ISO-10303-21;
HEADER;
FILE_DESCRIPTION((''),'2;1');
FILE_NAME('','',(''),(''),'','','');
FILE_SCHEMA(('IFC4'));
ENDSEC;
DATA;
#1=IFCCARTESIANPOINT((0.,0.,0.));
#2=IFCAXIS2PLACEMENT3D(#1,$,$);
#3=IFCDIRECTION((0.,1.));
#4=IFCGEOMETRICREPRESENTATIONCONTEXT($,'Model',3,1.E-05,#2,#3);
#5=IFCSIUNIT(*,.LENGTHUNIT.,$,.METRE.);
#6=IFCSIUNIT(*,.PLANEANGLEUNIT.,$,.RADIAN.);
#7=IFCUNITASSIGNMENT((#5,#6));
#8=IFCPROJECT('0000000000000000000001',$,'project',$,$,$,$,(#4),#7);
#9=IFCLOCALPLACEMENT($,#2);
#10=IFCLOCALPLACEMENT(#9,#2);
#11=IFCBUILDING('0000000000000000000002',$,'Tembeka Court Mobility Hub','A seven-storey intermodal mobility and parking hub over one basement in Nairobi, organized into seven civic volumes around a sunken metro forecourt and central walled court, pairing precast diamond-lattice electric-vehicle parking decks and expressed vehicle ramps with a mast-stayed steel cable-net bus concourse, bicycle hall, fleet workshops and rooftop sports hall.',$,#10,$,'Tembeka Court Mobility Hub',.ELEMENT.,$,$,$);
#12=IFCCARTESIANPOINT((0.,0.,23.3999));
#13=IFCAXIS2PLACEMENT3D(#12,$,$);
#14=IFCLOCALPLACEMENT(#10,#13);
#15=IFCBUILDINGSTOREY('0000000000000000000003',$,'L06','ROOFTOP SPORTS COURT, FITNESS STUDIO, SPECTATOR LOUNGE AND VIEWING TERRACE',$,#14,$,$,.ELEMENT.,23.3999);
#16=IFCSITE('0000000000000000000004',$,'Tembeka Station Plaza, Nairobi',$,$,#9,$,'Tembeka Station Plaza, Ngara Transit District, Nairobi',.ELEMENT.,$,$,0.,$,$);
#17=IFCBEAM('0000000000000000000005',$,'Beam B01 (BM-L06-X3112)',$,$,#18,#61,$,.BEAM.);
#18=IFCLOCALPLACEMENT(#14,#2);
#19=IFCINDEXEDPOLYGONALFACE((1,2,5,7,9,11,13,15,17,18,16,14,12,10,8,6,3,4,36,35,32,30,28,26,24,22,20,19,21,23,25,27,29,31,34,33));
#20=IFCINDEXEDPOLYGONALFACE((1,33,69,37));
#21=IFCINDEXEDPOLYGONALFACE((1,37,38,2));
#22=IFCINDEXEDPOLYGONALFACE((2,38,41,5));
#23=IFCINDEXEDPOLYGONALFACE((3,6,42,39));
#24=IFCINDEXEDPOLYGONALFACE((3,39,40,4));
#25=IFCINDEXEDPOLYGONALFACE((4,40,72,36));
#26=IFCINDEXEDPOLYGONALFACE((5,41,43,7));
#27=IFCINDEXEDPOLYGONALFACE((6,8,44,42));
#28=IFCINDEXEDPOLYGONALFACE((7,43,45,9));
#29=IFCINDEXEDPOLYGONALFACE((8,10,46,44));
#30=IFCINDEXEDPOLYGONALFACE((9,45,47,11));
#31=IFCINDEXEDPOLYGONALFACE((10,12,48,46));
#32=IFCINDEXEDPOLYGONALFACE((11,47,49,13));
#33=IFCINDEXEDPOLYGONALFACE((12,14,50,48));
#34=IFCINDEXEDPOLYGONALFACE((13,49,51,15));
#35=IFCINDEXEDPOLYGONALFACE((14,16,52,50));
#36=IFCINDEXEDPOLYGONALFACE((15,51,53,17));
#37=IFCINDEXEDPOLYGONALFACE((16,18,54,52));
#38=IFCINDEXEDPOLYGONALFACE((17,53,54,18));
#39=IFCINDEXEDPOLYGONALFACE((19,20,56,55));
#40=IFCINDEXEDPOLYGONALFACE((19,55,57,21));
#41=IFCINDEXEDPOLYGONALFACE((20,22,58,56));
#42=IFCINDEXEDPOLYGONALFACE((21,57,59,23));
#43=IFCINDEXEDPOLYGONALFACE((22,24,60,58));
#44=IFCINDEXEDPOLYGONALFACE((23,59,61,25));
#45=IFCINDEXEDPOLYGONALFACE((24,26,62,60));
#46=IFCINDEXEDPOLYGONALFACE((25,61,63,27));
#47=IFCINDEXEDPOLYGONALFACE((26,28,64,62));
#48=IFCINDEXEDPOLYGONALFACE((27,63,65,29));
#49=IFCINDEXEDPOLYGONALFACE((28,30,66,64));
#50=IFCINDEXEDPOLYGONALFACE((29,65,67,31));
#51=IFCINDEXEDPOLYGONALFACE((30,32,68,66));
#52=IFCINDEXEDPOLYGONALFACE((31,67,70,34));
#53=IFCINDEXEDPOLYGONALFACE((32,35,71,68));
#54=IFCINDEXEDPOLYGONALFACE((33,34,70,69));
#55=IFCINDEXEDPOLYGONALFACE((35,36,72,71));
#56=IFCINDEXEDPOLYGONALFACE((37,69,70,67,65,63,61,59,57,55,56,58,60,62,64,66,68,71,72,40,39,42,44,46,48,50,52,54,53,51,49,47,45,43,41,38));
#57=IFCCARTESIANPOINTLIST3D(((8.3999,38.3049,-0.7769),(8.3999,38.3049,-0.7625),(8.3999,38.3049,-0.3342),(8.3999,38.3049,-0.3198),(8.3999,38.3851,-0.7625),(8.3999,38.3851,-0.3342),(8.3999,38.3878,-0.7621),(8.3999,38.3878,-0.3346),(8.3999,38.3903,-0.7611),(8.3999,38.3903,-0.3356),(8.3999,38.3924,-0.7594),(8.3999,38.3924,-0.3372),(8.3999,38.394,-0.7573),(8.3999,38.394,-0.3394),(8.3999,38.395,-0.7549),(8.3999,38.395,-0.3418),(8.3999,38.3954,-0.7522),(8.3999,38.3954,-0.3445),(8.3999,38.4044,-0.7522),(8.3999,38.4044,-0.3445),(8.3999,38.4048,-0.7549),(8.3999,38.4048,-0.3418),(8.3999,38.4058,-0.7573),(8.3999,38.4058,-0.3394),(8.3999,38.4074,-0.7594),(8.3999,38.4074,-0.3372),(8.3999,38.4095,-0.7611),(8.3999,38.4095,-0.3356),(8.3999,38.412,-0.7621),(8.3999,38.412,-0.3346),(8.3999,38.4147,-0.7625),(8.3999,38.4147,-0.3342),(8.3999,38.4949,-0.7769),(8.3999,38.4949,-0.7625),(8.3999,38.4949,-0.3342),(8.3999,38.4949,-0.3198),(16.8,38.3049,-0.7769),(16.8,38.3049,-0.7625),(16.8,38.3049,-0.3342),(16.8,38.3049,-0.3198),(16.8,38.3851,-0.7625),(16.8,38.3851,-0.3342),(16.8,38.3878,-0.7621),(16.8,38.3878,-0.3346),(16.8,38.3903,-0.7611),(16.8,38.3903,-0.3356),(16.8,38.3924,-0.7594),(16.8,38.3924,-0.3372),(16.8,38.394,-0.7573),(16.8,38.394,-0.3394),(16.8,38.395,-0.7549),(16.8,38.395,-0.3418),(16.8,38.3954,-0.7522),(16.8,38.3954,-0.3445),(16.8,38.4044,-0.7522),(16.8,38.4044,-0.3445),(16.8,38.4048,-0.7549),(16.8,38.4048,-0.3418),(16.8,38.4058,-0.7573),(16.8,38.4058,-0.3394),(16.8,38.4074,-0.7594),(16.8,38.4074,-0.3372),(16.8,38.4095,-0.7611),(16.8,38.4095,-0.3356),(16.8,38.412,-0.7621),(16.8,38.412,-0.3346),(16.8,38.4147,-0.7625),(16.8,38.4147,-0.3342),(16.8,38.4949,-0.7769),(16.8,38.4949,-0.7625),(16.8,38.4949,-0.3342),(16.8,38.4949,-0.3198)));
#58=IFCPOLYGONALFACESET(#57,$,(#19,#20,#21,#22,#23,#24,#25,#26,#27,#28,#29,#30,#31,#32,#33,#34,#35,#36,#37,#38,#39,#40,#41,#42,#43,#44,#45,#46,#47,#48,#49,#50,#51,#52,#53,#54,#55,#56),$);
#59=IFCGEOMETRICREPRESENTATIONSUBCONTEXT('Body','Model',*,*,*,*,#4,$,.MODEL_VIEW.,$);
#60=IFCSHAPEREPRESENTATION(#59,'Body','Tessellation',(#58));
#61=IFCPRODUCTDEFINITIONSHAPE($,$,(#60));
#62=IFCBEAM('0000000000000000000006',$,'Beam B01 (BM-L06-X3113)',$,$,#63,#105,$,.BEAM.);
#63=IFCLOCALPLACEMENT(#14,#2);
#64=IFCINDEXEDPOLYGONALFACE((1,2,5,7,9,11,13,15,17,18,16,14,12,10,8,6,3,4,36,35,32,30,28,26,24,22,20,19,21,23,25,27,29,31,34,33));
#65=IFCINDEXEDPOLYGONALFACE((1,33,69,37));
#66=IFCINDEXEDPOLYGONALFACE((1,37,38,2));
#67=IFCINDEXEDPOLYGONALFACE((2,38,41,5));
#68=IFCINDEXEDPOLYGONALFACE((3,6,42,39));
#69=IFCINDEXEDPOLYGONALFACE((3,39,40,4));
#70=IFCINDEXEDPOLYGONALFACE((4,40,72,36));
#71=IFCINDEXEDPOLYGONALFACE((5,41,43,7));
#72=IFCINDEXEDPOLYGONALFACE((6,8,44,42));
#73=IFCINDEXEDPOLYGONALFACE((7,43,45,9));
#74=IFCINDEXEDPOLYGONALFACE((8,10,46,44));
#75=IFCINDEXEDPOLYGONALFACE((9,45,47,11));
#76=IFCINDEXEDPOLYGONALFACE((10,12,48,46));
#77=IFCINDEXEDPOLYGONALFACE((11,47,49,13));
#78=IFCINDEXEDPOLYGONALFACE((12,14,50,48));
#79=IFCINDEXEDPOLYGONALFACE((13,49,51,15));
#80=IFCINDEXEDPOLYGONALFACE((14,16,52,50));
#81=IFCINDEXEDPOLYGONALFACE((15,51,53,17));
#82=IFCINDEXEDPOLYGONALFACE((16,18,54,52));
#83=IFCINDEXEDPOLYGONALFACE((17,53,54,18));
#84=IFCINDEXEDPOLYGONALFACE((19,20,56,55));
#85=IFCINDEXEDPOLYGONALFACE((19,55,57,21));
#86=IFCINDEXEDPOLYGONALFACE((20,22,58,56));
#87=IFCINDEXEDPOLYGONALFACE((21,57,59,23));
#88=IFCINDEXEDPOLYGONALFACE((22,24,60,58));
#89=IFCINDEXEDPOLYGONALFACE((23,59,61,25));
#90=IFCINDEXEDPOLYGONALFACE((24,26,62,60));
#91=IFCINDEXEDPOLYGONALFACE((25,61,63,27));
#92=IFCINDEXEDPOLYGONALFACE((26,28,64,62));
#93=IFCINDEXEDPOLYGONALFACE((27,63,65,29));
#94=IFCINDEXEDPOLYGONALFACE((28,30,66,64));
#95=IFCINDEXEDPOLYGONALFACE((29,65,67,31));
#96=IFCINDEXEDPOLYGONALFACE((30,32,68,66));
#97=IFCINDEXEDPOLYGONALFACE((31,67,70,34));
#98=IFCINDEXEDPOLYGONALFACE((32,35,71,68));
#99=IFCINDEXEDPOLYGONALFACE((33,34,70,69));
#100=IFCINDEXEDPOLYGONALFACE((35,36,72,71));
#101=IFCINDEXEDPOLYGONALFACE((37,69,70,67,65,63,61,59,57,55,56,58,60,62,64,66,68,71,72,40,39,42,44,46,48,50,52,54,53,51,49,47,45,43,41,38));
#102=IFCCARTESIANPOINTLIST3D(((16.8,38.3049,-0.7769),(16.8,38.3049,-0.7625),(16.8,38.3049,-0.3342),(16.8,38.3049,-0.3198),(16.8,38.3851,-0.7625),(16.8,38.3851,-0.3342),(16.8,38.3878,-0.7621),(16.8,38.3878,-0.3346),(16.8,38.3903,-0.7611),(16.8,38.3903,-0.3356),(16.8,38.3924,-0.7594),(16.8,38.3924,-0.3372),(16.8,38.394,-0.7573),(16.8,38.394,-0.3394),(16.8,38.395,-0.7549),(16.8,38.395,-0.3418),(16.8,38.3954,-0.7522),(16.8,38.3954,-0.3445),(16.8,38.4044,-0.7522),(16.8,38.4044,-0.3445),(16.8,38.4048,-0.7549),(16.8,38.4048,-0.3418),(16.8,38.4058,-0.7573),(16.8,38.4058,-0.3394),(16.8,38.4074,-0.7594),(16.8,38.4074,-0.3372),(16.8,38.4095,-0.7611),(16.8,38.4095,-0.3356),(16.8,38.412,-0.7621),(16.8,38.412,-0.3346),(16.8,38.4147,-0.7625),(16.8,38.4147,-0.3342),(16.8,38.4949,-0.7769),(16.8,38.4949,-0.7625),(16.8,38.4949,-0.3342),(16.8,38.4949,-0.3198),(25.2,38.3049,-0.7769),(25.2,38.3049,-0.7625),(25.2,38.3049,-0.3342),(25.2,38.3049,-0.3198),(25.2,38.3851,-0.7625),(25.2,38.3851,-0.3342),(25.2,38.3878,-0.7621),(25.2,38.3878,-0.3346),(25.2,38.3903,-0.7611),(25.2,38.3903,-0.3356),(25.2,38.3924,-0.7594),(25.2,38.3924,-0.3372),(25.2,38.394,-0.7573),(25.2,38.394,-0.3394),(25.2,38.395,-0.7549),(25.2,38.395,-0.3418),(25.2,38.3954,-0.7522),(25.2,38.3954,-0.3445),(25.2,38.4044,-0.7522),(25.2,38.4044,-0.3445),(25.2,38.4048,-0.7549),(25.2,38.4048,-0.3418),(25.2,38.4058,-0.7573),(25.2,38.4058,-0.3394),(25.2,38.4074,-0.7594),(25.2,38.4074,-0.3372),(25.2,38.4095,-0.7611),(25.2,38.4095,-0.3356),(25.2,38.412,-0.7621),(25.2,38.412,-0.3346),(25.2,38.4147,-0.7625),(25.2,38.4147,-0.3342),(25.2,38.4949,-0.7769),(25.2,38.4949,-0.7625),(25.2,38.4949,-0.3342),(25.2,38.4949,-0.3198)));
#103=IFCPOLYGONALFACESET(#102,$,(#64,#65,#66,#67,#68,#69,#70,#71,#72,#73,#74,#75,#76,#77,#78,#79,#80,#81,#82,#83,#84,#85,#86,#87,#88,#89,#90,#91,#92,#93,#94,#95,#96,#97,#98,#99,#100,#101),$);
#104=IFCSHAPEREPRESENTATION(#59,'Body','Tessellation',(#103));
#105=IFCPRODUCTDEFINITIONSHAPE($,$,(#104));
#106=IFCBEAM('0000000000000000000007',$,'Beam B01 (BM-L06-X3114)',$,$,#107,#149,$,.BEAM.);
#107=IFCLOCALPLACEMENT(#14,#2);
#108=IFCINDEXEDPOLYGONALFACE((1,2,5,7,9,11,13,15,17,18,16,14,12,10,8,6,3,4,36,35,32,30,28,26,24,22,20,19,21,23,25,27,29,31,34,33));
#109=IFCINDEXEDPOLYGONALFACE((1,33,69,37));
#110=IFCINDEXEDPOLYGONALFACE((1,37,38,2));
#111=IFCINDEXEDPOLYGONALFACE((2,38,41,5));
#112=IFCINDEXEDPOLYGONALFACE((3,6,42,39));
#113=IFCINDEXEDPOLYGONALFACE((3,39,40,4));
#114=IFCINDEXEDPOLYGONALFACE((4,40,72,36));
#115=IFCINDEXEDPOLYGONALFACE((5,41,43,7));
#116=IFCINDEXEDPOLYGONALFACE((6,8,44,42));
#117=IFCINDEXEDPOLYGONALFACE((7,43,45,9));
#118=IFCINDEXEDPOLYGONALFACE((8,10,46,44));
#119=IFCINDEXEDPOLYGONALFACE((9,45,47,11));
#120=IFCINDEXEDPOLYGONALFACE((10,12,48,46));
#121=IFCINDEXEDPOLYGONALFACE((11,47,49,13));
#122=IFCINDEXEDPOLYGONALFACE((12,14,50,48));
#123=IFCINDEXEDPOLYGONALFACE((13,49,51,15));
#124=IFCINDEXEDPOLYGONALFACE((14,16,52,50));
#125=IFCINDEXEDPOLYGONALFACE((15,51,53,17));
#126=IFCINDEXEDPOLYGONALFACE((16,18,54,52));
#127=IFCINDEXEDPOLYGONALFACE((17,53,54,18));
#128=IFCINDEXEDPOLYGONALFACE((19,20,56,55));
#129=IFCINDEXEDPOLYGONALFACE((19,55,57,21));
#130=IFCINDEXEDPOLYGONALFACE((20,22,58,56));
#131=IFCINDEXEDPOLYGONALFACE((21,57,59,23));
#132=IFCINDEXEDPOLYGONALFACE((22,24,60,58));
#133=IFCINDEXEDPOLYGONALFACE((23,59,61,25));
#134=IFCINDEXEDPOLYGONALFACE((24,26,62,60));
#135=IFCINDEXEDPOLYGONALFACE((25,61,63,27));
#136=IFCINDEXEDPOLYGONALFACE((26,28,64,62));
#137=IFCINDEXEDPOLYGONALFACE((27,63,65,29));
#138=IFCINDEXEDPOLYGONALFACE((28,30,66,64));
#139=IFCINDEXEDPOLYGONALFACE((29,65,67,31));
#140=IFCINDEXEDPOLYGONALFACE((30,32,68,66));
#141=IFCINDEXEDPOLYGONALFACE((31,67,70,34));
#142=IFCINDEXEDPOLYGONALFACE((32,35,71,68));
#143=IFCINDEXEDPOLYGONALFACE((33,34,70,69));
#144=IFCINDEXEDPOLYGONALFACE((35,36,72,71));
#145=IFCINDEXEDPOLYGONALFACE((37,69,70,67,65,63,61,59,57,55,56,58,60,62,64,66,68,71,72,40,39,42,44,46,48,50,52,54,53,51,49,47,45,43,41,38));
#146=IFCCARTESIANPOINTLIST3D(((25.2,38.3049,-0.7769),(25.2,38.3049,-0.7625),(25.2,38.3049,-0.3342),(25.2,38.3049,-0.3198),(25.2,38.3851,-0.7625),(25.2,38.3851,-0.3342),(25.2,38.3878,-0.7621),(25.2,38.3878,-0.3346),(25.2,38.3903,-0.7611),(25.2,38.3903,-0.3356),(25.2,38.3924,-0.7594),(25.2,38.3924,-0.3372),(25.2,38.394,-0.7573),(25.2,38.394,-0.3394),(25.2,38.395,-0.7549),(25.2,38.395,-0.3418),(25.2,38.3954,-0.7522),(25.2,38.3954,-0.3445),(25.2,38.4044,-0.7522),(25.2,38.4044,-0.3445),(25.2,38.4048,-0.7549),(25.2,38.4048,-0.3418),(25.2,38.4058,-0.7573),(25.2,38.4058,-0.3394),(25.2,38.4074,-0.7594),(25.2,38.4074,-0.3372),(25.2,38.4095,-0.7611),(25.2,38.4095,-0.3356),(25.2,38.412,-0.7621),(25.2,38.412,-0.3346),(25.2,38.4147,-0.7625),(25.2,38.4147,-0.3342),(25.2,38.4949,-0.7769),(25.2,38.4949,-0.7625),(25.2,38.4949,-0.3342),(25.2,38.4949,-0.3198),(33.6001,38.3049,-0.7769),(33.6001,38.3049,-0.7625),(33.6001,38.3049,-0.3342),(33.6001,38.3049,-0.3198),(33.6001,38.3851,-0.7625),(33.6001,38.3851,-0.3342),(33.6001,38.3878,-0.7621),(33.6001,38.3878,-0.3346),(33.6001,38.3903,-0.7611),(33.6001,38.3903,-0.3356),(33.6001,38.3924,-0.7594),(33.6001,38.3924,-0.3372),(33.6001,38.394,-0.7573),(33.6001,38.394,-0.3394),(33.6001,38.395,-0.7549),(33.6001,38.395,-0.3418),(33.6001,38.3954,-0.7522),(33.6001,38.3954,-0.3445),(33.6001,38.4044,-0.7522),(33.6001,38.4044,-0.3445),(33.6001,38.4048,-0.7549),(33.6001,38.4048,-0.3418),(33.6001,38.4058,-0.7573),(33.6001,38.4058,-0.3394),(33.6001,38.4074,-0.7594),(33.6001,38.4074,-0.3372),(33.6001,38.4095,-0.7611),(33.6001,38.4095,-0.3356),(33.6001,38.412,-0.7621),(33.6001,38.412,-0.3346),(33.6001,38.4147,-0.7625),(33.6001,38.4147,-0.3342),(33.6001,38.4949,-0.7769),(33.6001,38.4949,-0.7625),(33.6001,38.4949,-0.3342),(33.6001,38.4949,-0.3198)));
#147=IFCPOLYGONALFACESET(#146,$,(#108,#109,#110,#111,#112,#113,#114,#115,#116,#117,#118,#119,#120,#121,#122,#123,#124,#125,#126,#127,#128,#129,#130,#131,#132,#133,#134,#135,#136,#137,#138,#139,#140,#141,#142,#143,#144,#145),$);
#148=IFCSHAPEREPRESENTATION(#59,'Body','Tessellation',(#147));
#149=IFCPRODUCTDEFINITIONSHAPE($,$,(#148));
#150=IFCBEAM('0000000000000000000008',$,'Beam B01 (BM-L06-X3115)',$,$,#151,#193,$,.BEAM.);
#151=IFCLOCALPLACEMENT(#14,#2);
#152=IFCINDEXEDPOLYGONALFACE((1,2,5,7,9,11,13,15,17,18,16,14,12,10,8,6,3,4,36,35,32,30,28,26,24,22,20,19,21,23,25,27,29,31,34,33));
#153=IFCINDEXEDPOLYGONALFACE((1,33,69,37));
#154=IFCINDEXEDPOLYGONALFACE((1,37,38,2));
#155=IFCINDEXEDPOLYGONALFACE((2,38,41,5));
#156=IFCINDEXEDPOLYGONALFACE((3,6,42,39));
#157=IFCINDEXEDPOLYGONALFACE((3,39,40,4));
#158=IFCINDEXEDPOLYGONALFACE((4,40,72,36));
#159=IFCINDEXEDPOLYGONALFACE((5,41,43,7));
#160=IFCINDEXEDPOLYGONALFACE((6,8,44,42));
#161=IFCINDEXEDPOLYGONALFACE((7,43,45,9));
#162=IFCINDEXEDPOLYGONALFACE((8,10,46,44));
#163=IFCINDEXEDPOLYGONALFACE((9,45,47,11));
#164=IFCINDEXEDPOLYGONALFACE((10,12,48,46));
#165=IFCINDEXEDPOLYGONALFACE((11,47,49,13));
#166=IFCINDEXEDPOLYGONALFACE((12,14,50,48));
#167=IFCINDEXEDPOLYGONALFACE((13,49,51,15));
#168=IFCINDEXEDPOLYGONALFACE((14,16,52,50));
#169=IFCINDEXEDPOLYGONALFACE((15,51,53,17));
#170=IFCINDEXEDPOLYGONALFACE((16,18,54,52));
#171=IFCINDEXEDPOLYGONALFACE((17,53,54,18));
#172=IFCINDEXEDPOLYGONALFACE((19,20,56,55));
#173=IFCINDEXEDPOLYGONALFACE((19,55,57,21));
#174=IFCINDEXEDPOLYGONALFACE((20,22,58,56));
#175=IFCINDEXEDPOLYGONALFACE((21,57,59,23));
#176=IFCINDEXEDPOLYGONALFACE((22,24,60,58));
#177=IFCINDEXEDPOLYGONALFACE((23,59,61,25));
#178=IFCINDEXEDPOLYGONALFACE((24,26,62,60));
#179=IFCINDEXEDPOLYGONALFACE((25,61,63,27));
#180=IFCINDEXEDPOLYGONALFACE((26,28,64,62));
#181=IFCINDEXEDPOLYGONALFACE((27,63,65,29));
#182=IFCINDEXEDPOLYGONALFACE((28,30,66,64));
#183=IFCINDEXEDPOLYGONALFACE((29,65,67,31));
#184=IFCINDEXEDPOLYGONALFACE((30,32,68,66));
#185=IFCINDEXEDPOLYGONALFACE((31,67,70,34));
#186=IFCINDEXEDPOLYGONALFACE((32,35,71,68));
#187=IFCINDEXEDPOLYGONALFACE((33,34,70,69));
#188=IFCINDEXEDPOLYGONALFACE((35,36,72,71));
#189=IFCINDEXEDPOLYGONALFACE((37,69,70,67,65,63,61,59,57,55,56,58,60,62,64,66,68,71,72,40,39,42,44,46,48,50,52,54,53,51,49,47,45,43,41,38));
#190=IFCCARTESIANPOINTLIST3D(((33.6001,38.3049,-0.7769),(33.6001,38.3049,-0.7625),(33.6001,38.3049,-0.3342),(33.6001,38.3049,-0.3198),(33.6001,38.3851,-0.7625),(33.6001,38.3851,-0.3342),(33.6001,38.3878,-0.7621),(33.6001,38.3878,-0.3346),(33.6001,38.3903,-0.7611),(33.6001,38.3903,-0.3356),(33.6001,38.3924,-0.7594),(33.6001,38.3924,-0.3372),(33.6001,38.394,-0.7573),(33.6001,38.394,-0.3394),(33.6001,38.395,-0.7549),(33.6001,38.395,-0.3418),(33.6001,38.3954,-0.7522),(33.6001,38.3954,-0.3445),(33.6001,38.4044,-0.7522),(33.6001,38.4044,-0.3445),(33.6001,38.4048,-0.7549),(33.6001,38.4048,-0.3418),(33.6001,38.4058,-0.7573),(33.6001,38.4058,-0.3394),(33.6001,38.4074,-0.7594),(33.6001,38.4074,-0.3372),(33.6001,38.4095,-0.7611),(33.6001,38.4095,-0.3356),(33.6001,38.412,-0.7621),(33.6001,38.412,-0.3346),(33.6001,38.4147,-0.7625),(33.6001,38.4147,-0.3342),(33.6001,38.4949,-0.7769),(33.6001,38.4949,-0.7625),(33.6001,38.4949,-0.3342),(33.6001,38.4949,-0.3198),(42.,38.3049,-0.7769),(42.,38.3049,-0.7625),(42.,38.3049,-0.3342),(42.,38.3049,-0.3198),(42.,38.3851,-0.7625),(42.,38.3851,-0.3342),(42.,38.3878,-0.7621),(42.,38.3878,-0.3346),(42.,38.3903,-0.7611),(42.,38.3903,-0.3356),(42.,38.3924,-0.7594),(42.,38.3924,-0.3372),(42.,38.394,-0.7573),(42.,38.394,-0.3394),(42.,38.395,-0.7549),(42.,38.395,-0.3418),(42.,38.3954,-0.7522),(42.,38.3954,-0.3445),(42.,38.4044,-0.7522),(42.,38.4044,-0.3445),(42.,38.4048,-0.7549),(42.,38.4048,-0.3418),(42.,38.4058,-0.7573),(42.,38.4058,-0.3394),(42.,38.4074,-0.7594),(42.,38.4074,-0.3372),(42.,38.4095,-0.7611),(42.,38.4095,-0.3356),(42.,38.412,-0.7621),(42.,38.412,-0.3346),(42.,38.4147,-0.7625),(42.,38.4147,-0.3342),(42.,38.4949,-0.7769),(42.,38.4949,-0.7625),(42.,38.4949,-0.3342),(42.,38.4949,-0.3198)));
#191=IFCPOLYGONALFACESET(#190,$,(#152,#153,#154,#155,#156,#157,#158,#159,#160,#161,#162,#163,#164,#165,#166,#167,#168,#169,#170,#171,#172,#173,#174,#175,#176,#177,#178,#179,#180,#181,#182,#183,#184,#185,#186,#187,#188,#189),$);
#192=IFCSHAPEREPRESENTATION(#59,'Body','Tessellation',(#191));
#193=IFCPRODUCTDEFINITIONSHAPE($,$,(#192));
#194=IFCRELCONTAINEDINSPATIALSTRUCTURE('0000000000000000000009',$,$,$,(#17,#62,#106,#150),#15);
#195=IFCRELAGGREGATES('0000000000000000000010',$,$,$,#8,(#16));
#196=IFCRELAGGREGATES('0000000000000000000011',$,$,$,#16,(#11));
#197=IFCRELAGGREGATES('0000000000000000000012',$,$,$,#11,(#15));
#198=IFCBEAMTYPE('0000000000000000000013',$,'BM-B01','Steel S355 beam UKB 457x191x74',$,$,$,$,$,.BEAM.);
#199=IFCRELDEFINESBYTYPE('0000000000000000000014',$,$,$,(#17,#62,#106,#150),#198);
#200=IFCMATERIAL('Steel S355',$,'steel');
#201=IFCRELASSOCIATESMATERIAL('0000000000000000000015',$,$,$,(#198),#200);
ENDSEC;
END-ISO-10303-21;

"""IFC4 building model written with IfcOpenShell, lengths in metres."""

from ifc_helpers import new_model, si_unit, direction, frame, origin, origin_2d, place, context, subcontext, project, spatial, i_section, extrude, material, material_profile, profile_set, type_object, element, save


model = new_model("IFC4")

# Units and contexts
model_context = context("Model", 3, precision=1e-05, world=origin(), true_north=direction((0.0, 1.0)))
body_context = subcontext(model_context, "Body", "Model", "MODEL_VIEW")
ifc_project = project(units=[si_unit("LENGTHUNIT", "METRE"), si_unit("PLANEANGLEUNIT", "RADIAN")], contexts=[model_context])

# Site, building, storey
site_placement = place(None, origin())
site = spatial("IfcSite", under=ifc_project, at=site_placement, Name="Tembeka Station Plaza, Nairobi", LongName="Tembeka Station Plaza, Ngara Transit District, Nairobi", CompositionType="ELEMENT", RefElevation=0.0)
building_placement = place(site_placement, origin())
building = spatial("IfcBuilding", under=site, at=building_placement, Name="Tembeka Court Mobility Hub", Description="A seven-storey intermodal mobility and parking hub over one basement in Nairobi, organized into seven civic volumes around a sunken metro forecourt and central walled court, pairing precast diamond-lattice electric-vehicle parking decks and expressed vehicle ramps with a mast-stayed steel cable-net bus concourse, bicycle hall, fleet workshops and rooftop sports hall.", LongName="Tembeka Court Mobility Hub", CompositionType="ELEMENT")
storey_placement = place(building_placement, frame((0.0, 0.0, 23.3999)))
storey = spatial("IfcBuildingStorey", under=building, at=storey_placement, Name="L06", Description="ROOFTOP SPORTS COURT, FITNESS STUDIO, SPECTATOR LOUNGE AND VIEWING TERRACE", CompositionType="ELEMENT", Elevation=23.3999)

# Shared definitions
ifc_material_1 = material(Name="Steel S355", Category="steel")

# Beams
ifc_material_profile_1 = material_profile(ifc_material_1, i_section(OverallWidth=0.1899, OverallDepth=0.457, WebThickness=0.009, FlangeThickness=0.0144, FilletRadius=0.0103, at=origin_2d()), Name="UKB 457x191x74")
ifc_profile_set_1 = profile_set([ifc_material_profile_1], Name="Steel S355")
beam_type_1 = type_object("IfcBeamType", Name="BM-B01", Description="Steel S355 beam UKB 457x191x74", PredefinedType="BEAM", material=ifc_profile_set_1)
beam_1_placement = place(storey_placement, frame((8.3999, 38.3999, -0.5483), z_axis=(1.0, 0.0, 0.0), x_axis=(0.0, 1.0, 0.0)))
element("IfcBeam", 1, at=beam_1_placement, inside=storey, type_object=beam_type_1, Name="Beam B01 (BM-L06-X3112)", PredefinedType="BEAM", context=body_context, shape_type="SweptSolid", body=[
    extrude(i_section(OverallWidth=0.1899, OverallDepth=0.457, WebThickness=0.009, FlangeThickness=0.0144, FilletRadius=0.0103, at=origin_2d()), origin(), (0.0, 0.0, 1.0), 8.4001),
])
beam_2_placement = place(storey_placement, frame((16.8, 38.3999, -0.5483), z_axis=(1.0, 0.0, 0.0), x_axis=(0.0, 1.0, 0.0)))
element("IfcBeam", 2, at=beam_2_placement, inside=storey, type_object=beam_type_1, Name="Beam B01 (BM-L06-X3113)", PredefinedType="BEAM", context=body_context, shape_type="SweptSolid", body=[
    extrude(i_section(OverallWidth=0.1899, OverallDepth=0.457, WebThickness=0.009, FlangeThickness=0.0144, FilletRadius=0.0103, at=origin_2d()), origin(), (0.0, 0.0, 1.0), 8.3999),
])
beam_3_placement = place(storey_placement, frame((25.2, 38.3999, -0.5483), z_axis=(1.0, 0.0, 0.0), x_axis=(0.0, 1.0, 0.0)))
element("IfcBeam", 3, at=beam_3_placement, inside=storey, type_object=beam_type_1, Name="Beam B01 (BM-L06-X3114)", PredefinedType="BEAM", context=body_context, shape_type="SweptSolid", body=[
    extrude(i_section(OverallWidth=0.1899, OverallDepth=0.457, WebThickness=0.009, FlangeThickness=0.0144, FilletRadius=0.0103, at=origin_2d()), origin(), (0.0, 0.0, 1.0), 8.4001),
])
beam_4_placement = place(storey_placement, frame((33.6001, 38.3999, -0.5483), z_axis=(1.0, 0.0, 0.0), x_axis=(0.0, 1.0, 0.0)))
element("IfcBeam", 4, at=beam_4_placement, inside=storey, type_object=beam_type_1, Name="Beam B01 (BM-L06-X3115)", PredefinedType="BEAM", context=body_context, shape_type="SweptSolid", body=[
    extrude(i_section(OverallWidth=0.1899, OverallDepth=0.457, WebThickness=0.009, FlangeThickness=0.0144, FilletRadius=0.0103, at=origin_2d()), origin(), (0.0, 0.0, 1.0), 8.3999),
])

save(model, "model.ifc")
